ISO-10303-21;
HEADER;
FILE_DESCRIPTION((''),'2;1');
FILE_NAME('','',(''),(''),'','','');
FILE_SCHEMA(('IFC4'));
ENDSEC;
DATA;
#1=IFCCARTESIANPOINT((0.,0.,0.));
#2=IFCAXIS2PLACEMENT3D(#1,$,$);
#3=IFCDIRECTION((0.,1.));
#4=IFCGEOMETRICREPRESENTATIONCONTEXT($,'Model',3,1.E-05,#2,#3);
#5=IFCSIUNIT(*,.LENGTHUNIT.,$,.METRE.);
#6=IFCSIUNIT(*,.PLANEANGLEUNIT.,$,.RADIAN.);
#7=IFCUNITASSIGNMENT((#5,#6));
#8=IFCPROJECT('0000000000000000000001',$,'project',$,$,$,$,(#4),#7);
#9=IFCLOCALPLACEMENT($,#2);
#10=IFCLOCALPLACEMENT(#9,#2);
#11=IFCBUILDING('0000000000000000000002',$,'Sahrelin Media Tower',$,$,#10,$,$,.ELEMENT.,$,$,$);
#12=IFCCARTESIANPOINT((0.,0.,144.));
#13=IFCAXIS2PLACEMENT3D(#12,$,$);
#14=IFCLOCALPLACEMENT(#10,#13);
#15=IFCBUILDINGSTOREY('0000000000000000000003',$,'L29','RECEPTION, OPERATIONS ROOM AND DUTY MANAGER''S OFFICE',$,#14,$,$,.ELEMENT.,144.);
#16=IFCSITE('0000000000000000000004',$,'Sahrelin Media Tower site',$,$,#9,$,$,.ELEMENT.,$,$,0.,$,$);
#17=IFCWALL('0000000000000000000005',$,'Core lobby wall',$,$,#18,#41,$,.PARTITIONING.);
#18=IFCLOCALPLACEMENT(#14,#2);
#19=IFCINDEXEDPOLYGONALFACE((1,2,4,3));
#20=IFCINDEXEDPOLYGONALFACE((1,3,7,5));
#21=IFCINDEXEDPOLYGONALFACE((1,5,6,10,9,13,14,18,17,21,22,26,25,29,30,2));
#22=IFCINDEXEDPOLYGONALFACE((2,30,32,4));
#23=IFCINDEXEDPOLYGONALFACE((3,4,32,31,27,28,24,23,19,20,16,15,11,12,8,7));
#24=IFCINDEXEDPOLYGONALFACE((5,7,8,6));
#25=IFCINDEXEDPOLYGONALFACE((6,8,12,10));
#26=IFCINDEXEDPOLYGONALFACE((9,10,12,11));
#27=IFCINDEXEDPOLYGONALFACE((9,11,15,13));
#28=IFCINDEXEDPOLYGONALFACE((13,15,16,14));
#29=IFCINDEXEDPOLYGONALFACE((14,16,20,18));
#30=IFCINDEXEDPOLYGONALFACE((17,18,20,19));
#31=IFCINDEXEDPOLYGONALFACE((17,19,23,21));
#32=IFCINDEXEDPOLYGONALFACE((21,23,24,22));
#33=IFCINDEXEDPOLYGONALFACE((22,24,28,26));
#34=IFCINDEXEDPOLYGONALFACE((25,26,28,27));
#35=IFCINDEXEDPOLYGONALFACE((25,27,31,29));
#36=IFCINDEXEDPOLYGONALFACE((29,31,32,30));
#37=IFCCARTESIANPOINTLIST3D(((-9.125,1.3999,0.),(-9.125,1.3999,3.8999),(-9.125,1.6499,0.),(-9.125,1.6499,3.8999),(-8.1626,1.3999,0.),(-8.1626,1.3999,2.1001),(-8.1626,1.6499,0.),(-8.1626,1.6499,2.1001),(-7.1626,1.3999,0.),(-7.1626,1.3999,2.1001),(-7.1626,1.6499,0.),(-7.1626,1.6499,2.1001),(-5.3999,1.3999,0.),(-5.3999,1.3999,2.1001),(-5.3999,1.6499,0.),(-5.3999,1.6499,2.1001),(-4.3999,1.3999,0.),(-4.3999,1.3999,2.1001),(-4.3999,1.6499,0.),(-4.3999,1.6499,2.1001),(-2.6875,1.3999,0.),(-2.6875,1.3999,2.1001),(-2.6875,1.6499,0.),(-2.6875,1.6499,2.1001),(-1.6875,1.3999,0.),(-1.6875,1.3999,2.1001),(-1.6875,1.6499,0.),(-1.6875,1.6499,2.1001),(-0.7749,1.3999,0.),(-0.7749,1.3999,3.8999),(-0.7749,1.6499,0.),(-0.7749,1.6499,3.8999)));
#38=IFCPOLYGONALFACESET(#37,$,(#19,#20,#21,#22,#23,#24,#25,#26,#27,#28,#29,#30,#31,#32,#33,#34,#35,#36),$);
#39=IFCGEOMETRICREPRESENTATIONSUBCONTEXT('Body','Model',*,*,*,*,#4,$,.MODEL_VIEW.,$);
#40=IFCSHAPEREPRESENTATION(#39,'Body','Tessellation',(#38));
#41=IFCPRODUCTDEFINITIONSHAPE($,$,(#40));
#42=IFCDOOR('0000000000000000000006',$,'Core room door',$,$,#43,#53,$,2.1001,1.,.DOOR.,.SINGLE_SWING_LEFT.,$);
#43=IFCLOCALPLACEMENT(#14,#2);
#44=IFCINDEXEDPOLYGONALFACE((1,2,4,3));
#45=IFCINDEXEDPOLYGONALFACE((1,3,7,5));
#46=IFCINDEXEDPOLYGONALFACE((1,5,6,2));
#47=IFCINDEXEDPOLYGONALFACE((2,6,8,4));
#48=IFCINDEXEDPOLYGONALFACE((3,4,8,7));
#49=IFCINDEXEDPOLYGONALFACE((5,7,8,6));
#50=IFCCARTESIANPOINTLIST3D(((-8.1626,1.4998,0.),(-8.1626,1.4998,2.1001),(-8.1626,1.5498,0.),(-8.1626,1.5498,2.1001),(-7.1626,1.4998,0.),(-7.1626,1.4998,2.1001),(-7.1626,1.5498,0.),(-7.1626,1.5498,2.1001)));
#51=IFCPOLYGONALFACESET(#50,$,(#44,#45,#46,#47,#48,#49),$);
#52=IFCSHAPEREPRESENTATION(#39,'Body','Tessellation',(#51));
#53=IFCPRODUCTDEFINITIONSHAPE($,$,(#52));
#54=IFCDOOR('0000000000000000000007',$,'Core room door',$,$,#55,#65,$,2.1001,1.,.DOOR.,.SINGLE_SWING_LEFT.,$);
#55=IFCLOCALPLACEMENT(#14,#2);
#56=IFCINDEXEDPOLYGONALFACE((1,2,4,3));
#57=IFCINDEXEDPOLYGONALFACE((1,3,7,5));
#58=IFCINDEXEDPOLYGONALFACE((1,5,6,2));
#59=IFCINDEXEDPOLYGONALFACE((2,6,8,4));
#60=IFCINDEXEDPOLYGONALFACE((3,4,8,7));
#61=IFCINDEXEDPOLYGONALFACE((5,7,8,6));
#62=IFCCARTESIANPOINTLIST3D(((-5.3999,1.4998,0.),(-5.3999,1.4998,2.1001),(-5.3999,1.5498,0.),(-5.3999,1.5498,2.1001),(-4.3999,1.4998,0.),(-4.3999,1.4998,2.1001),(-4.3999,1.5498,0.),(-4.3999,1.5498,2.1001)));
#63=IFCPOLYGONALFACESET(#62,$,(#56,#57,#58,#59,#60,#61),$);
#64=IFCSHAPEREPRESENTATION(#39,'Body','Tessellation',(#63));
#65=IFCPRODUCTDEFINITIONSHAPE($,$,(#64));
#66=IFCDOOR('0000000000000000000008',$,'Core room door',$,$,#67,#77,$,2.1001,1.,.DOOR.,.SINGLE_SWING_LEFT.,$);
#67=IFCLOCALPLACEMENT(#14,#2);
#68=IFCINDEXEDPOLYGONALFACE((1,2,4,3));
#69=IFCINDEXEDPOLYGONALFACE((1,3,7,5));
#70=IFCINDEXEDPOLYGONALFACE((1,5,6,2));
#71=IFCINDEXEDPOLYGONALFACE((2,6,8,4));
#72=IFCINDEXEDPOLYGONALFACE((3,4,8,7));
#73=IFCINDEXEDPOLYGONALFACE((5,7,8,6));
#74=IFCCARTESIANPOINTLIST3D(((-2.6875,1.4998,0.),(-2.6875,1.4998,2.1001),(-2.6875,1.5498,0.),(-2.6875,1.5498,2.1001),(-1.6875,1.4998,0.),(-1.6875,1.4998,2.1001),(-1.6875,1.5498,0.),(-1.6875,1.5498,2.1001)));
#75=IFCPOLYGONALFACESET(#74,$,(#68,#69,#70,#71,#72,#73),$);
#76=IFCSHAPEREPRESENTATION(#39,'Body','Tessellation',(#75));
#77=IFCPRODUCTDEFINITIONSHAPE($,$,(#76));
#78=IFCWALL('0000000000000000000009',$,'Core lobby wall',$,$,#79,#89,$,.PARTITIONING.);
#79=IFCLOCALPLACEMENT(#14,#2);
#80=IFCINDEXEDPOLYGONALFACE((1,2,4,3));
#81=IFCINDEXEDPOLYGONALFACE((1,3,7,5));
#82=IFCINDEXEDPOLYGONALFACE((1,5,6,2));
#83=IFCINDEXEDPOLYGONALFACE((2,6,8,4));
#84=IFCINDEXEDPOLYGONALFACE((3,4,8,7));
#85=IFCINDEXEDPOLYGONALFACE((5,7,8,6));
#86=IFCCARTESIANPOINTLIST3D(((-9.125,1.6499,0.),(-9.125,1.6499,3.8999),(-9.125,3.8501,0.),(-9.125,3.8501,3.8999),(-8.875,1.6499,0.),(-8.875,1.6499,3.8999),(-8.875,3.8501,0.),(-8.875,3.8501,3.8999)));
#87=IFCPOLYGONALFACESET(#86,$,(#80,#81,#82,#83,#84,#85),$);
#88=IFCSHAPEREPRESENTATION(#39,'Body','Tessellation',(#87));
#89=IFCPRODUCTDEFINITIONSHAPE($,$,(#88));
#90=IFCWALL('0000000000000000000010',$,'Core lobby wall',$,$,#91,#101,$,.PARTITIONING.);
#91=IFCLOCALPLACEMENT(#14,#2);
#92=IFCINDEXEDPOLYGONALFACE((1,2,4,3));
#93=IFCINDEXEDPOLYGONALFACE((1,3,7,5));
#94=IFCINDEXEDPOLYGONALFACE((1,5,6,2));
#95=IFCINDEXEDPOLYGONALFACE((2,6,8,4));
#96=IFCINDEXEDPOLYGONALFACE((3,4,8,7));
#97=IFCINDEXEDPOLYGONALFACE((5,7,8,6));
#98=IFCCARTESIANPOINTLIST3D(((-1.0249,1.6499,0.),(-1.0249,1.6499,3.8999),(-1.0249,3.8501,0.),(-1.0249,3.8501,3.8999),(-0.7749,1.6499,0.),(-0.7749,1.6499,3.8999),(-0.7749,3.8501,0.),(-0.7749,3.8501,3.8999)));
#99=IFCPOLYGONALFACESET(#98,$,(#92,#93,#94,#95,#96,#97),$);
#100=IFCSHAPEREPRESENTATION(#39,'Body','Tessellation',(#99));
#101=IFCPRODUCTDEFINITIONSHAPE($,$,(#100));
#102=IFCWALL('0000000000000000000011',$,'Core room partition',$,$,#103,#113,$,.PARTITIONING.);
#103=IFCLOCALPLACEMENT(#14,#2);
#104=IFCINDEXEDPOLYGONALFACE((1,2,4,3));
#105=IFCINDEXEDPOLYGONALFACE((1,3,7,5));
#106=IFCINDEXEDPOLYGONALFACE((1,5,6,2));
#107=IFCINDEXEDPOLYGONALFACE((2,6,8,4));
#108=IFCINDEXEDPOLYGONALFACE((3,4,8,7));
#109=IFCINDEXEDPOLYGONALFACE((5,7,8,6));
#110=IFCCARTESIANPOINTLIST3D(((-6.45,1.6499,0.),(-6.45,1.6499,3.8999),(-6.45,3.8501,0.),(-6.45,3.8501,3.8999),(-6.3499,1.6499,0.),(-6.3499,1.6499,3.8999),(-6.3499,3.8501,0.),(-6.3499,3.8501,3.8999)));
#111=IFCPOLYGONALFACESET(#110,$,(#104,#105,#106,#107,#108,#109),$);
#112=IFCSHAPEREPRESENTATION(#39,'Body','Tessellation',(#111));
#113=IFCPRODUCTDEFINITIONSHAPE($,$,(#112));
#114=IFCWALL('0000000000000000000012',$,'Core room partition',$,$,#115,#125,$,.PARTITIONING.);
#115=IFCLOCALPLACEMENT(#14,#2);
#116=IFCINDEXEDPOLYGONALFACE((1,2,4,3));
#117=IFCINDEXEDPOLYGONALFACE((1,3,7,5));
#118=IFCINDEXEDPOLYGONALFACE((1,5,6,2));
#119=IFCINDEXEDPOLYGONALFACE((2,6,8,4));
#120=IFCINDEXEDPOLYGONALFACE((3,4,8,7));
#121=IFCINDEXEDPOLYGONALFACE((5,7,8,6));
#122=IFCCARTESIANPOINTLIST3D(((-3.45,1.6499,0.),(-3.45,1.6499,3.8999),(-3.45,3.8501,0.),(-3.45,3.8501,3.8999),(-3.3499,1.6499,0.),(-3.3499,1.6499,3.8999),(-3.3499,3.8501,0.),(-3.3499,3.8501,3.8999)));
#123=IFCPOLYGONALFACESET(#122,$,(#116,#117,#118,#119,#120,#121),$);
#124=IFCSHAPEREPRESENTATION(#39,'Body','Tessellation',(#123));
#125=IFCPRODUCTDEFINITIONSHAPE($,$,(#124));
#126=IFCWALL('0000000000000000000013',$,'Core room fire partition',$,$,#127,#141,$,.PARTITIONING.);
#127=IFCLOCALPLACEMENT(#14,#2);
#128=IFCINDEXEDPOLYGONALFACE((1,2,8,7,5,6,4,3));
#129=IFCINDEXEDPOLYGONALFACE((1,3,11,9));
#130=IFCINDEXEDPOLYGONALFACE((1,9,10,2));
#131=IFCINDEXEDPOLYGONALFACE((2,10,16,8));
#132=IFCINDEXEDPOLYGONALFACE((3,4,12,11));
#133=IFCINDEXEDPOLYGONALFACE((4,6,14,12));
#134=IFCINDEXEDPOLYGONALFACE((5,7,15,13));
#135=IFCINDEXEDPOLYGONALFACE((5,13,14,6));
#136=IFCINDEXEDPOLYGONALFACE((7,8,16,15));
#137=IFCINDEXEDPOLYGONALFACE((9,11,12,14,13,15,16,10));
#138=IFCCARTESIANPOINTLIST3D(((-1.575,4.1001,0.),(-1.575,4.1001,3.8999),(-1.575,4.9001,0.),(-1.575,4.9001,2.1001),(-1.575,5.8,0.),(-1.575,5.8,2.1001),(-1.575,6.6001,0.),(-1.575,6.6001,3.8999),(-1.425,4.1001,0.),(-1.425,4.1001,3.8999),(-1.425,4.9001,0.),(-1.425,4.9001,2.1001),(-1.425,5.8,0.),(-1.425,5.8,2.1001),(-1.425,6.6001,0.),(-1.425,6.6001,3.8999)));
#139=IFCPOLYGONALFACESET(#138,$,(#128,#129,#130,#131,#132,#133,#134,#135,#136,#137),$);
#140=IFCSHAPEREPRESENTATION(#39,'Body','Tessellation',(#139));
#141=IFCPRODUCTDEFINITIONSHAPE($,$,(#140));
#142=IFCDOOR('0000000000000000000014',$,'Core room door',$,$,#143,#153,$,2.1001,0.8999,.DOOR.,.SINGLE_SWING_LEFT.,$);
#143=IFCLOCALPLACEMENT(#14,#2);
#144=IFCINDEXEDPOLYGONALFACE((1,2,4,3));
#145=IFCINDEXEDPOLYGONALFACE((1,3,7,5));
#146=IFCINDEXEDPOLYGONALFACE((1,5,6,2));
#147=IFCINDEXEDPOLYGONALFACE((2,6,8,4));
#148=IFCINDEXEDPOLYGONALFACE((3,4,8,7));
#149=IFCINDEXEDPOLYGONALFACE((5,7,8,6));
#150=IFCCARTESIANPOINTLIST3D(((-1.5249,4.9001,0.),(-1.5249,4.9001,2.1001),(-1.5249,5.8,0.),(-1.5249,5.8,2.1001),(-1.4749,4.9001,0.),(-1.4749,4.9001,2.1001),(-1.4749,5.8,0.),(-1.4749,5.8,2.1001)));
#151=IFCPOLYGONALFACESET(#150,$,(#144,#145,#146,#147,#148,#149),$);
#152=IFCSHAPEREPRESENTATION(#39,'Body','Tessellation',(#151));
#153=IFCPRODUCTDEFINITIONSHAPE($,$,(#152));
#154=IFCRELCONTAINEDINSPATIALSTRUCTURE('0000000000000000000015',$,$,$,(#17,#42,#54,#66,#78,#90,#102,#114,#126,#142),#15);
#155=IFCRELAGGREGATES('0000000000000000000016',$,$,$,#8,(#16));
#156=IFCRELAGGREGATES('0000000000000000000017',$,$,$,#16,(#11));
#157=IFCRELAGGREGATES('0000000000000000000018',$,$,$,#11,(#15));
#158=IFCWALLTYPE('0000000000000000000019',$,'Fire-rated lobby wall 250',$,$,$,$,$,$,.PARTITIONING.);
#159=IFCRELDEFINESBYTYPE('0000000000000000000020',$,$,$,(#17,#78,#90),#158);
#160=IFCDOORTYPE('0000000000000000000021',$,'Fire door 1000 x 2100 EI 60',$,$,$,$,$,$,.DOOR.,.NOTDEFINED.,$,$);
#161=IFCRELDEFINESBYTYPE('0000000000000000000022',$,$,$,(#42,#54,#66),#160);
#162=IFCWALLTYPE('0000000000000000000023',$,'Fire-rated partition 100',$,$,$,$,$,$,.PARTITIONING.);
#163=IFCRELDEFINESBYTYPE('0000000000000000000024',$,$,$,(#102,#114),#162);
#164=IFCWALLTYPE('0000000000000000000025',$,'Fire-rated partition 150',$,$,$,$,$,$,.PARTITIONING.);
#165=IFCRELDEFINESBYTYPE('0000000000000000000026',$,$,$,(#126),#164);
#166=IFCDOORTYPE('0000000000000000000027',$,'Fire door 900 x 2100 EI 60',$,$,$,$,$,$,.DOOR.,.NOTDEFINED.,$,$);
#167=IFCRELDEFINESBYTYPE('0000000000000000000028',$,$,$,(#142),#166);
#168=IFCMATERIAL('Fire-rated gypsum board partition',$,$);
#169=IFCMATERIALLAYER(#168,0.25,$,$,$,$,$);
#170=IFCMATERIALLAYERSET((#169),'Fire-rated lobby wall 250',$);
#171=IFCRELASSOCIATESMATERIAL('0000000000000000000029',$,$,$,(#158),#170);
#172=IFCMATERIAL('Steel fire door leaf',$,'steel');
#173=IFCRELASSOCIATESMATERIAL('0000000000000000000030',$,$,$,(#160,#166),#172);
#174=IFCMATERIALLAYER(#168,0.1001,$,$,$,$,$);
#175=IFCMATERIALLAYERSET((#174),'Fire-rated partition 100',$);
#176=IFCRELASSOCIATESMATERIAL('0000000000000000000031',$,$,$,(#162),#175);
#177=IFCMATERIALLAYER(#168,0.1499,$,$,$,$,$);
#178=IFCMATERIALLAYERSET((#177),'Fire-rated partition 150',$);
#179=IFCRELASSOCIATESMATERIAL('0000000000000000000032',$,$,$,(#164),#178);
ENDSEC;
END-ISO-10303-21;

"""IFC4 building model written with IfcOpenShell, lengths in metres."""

from ifc_helpers import new_model, si_unit, direction, frame, frame_2d, origin, place, context, subcontext, project, spatial, rectangle, extrude, material, layer, layer_set, type_object, element, fill, save


model = new_model("IFC4")

# Units and contexts
model_context = context("Model", 3, precision=1e-05, world=origin(), true_north=direction((0.0, 1.0)))
body_context = subcontext(model_context, "Body", "Model", "MODEL_VIEW")
ifc_project = project(units=[si_unit("LENGTHUNIT", "METRE"), si_unit("PLANEANGLEUNIT", "RADIAN")], contexts=[model_context])

# Site, building, storey
site_placement = place(None, origin())
site = spatial("IfcSite", under=ifc_project, at=site_placement, Name="Sahrelin Media Tower site", CompositionType="ELEMENT", RefElevation=0.0)
building_placement = place(site_placement, origin())
building = spatial("IfcBuilding", under=site, at=building_placement, Name="Sahrelin Media Tower", CompositionType="ELEMENT")
storey_placement = place(building_placement, frame((0.0, 0.0, 144.0)))
storey = spatial("IfcBuildingStorey", under=building, at=storey_placement, Name="L29", Description="RECEPTION, OPERATIONS ROOM AND DUTY MANAGER'S OFFICE", CompositionType="ELEMENT", Elevation=144.0)

# Shared definitions
ifc_material_1 = material(Name="Fire-rated gypsum board partition")
ifc_layer_1 = layer(ifc_material_1, 0.25)
ifc_layer_set_1 = layer_set([ifc_layer_1], Name="Fire-rated lobby wall 250")
wall_type_1 = type_object("IfcWallType", Name="Fire-rated lobby wall 250", PredefinedType="PARTITIONING", material=ifc_layer_set_1)
ifc_material_2 = material(Name="Steel fire door leaf", Category="steel")

# Wall, openings, doors
wall_1_placement = place(storey_placement, frame((-9.125, 1.5249, 0.0), z_axis=(0.0, 0.0, 1.0), x_axis=(1.0, 0.0, 0.0)))
wall_1 = element("IfcWall", 1, at=wall_1_placement, inside=storey, type_object=wall_type_1, Name="Core lobby wall", PredefinedType="PARTITIONING", context=body_context, shape_type="SweptSolid", body=[
    extrude(rectangle(XDim=8.3501, YDim=0.25, at=frame_2d((4.175, 0.0))), origin(), (0.0, 0.0, 1.0), 3.8999),
])
opening_1_placement = place(wall_1_placement, frame((0.9624, 0.0, 0.0)))
opening_1 = element("IfcOpeningElement", 2, at=opening_1_placement, cuts=wall_1, PredefinedType="OPENING", context=body_context, shape_type="SweptSolid", body=[
    extrude(rectangle(XDim=1.0, YDim=2.1001, at=frame_2d((0.5, 1.05))), frame((0.0, 0.125, 0.0), z_axis=(0.0, -1.0, 0.0), x_axis=(1.0, 0.0, 0.0)), (0.0, 0.0, 1.0), 0.25),
])
opening_2_placement = place(wall_1_placement, frame((3.7251, 0.0, 0.0)))
opening_2 = element("IfcOpeningElement", 3, at=opening_2_placement, cuts=wall_1, PredefinedType="OPENING", context=body_context, shape_type="SweptSolid", body=[
    extrude(rectangle(XDim=1.0, YDim=2.1001, at=frame_2d((0.5, 1.05))), frame((0.0, 0.125, 0.0), z_axis=(0.0, -1.0, 0.0), x_axis=(1.0, 0.0, 0.0)), (0.0, 0.0, 1.0), 0.25),
])
opening_3_placement = place(wall_1_placement, frame((6.4375, 0.0, 0.0)))
opening_3 = element("IfcOpeningElement", 4, at=opening_3_placement, cuts=wall_1, PredefinedType="OPENING", context=body_context, shape_type="SweptSolid", body=[
    extrude(rectangle(XDim=1.0, YDim=2.1001, at=frame_2d((0.5, 1.05))), frame((0.0, 0.125, 0.0), z_axis=(0.0, -1.0, 0.0), x_axis=(1.0, 0.0, 0.0)), (0.0, 0.0, 1.0), 0.25),
])
door_type_1 = type_object("IfcDoorType", Name="Fire door 1000 x 2100 EI 60", OperationType="NOTDEFINED", PredefinedType="DOOR", material=ifc_material_2)
door_1_placement = place(opening_1_placement, origin())
door_1 = element("IfcDoor", 5, at=door_1_placement, inside=storey, type_object=door_type_1, Name="Core room door", OperationType="SINGLE_SWING_LEFT", OverallHeight=2.1001, OverallWidth=1.0, PredefinedType="DOOR", context=body_context, shape_type="SweptSolid", body=[
    extrude(rectangle(XDim=1.0, YDim=2.1001, at=frame_2d((0.5, 1.05))), frame((0.0, 0.0249, 0.0), z_axis=(0.0, -1.0, 0.0), x_axis=(1.0, 0.0, 0.0)), (0.0, 0.0, 1.0), 0.05),
])
fill(opening_1, door_1)
door_2_placement = place(opening_2_placement, origin())
door_2 = element("IfcDoor", 6, at=door_2_placement, inside=storey, type_object=door_type_1, Name="Core room door", OperationType="SINGLE_SWING_LEFT", OverallHeight=2.1001, OverallWidth=1.0, PredefinedType="DOOR", context=body_context, shape_type="SweptSolid", body=[
    extrude(rectangle(XDim=1.0, YDim=2.1001, at=frame_2d((0.5, 1.05))), frame((0.0, 0.0249, 0.0), z_axis=(0.0, -1.0, 0.0), x_axis=(1.0, 0.0, 0.0)), (0.0, 0.0, 1.0), 0.05),
])
fill(opening_2, door_2)
door_3_placement = place(opening_3_placement, origin())
door_3 = element("IfcDoor", 7, at=door_3_placement, inside=storey, type_object=door_type_1, Name="Core room door", OperationType="SINGLE_SWING_LEFT", OverallHeight=2.1001, OverallWidth=1.0, PredefinedType="DOOR", context=body_context, shape_type="SweptSolid", body=[
    extrude(rectangle(XDim=1.0, YDim=2.1001, at=frame_2d((0.5, 1.05))), frame((0.0, 0.0249, 0.0), z_axis=(0.0, -1.0, 0.0), x_axis=(1.0, 0.0, 0.0)), (0.0, 0.0, 1.0), 0.05),
])
fill(opening_3, door_3)

# Walls
for number, where, z_axis, x_axis, name in (
    (8, (-9.0, 1.6499, 0.0), (0.0, 0.0, 1.0), (0.0, 1.0, 0.0), "Core lobby wall"),
    (9, (-0.8999, 1.6499, 0.0), (0.0, 0.0, 1.0), (0.0, 1.0, 0.0), "Core lobby wall"),
):
    element("IfcWall", number, at=place(storey_placement, frame(where, z_axis=z_axis, x_axis=x_axis)), inside=storey, type_object=wall_type_1, Name=name, PredefinedType="PARTITIONING", context=body_context, shape_type="SweptSolid", body=[
        extrude(rectangle(XDim=2.2002, YDim=0.25, at=frame_2d((1.1001, 0.0))), origin(), (0.0, 0.0, 1.0), 3.8999),
    ])
ifc_layer_2 = layer(ifc_material_1, 0.1001)
ifc_layer_set_2 = layer_set([ifc_layer_2], Name="Fire-rated partition 100")
wall_type_2 = type_object("IfcWallType", Name="Fire-rated partition 100", PredefinedType="PARTITIONING", material=ifc_layer_set_2)
for number, where, z_axis, x_axis, name in (
    (10, (-6.3999, 1.6499, 0.0), (0.0, 0.0, 1.0), (0.0, 1.0, 0.0), "Core room partition"),
    (11, (-3.3999, 1.6499, 0.0), (0.0, 0.0, 1.0), (0.0, 1.0, 0.0), "Core room partition"),
):
    element("IfcWall", number, at=place(storey_placement, frame(where, z_axis=z_axis, x_axis=x_axis)), inside=storey, type_object=wall_type_2, Name=name, PredefinedType="PARTITIONING", context=body_context, shape_type="SweptSolid", body=[
        extrude(rectangle(XDim=2.2002, YDim=0.1001, at=frame_2d((1.1001, 0.0))), origin(), (0.0, 0.0, 1.0), 3.8999),
    ])

# Wall, opening, door
ifc_layer_3 = layer(ifc_material_1, 0.1499)
ifc_layer_set_3 = layer_set([ifc_layer_3], Name="Fire-rated partition 150")
wall_type_3 = type_object("IfcWallType", Name="Fire-rated partition 150", PredefinedType="PARTITIONING", material=ifc_layer_set_3)
wall_2_placement = place(storey_placement, frame((-1.5, 4.1001, 0.0), z_axis=(0.0, 0.0, 1.0), x_axis=(0.0, 1.0, 0.0)))
wall_2 = element("IfcWall", 12, at=wall_2_placement, inside=storey, type_object=wall_type_3, Name="Core room fire partition", PredefinedType="PARTITIONING", context=body_context, shape_type="SweptSolid", body=[
    extrude(rectangle(XDim=2.5, YDim=0.1499, at=frame_2d((1.25, 0.0))), origin(), (0.0, 0.0, 1.0), 3.8999),
])
opening_4_placement = place(wall_2_placement, frame((0.8, 0.0, 0.0)))
opening_4 = element("IfcOpeningElement", 13, at=opening_4_placement, cuts=wall_2, PredefinedType="OPENING", context=body_context, shape_type="SweptSolid", body=[
    extrude(rectangle(XDim=0.8999, YDim=2.1001, at=frame_2d((0.45, 1.05))), frame((0.0, 0.075, 0.0), z_axis=(0.0, -1.0, 0.0), x_axis=(1.0, 0.0, 0.0)), (0.0, 0.0, 1.0), 0.1499),
])
door_type_2 = type_object("IfcDoorType", Name="Fire door 900 x 2100 EI 60", OperationType="NOTDEFINED", PredefinedType="DOOR", material=ifc_material_2)
door_4_placement = place(opening_4_placement, origin())
door_4 = element("IfcDoor", 14, at=door_4_placement, inside=storey, type_object=door_type_2, Name="Core room door", OperationType="SINGLE_SWING_LEFT", OverallHeight=2.1001, OverallWidth=0.8999, PredefinedType="DOOR", context=body_context, shape_type="SweptSolid", body=[
    extrude(rectangle(XDim=0.8999, YDim=2.1001, at=frame_2d((0.45, 1.05))), frame((0.0, 0.0249, 0.0), z_axis=(0.0, -1.0, 0.0), x_axis=(1.0, 0.0, 0.0)), (0.0, 0.0, 1.0), 0.05),
])
fill(opening_4, door_4)

save(model, "model.ifc")
